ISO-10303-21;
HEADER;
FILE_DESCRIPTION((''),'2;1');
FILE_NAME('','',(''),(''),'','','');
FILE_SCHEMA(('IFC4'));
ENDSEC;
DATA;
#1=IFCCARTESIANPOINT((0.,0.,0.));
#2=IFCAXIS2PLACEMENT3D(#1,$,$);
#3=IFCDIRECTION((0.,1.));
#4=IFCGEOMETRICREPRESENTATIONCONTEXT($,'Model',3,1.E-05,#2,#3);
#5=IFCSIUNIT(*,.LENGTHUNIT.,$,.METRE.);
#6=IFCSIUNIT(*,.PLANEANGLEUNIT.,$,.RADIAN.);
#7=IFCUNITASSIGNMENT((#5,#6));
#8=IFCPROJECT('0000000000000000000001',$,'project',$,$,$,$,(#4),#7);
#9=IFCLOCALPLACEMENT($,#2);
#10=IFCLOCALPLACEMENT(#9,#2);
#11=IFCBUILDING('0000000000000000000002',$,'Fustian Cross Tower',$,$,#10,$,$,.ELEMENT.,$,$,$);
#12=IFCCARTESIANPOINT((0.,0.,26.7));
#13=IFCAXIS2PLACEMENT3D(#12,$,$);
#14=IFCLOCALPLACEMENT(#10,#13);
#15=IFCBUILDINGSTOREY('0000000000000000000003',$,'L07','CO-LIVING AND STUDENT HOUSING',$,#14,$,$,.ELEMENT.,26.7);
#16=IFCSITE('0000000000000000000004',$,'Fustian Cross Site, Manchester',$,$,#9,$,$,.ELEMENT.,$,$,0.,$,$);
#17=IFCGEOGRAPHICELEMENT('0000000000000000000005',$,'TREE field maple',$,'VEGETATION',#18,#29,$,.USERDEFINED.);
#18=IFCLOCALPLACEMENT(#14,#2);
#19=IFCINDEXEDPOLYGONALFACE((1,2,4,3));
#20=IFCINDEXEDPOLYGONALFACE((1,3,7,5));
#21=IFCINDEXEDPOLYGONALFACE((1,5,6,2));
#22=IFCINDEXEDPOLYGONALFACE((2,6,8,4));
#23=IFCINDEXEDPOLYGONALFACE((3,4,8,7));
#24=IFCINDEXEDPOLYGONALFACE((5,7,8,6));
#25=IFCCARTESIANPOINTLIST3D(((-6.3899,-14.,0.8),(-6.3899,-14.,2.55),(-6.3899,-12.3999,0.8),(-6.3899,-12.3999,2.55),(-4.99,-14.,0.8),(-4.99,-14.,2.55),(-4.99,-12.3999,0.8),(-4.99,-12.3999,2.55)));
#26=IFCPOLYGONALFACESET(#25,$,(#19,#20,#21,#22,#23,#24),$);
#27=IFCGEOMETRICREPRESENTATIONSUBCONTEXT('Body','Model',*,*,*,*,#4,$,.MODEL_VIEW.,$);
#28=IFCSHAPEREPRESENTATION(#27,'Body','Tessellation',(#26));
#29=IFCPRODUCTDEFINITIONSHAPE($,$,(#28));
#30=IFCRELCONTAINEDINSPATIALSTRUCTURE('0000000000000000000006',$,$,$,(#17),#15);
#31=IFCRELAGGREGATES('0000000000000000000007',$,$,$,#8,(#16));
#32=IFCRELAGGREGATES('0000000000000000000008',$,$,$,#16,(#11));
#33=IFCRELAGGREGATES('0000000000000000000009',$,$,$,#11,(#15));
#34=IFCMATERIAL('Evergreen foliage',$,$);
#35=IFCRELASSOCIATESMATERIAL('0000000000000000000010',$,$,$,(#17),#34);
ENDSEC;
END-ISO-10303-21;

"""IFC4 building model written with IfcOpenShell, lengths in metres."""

from ifc_helpers import new_model, si_unit, direction, frame, origin, origin_2d, place, context, subcontext, project, spatial, rectangle, extrude, material, element, save


model = new_model("IFC4")

# Units and contexts
model_context = context("Model", 3, precision=1e-05, world=origin(), true_north=direction((0.0, 1.0)))
body_context = subcontext(model_context, "Body", "Model", "MODEL_VIEW")
ifc_project = project(units=[si_unit("LENGTHUNIT", "METRE"), si_unit("PLANEANGLEUNIT", "RADIAN")], contexts=[model_context])

# Site, building, storey
site_placement = place(None, origin())
site = spatial("IfcSite", under=ifc_project, at=site_placement, Name="Fustian Cross Site, Manchester", CompositionType="ELEMENT", RefElevation=0.0)
building_placement = place(site_placement, origin())
building = spatial("IfcBuilding", under=site, at=building_placement, Name="Fustian Cross Tower", CompositionType="ELEMENT")
storey_placement = place(building_placement, frame((0.0, 0.0, 26.7)))
storey = spatial("IfcBuildingStorey", under=building, at=storey_placement, Name="L07", Description="CO-LIVING AND STUDENT HOUSING", CompositionType="ELEMENT", Elevation=26.7)

# Geographic element
ifc_material_1 = material(Name="Evergreen foliage")
geographic_element_placement = place(storey_placement, frame((-5.6899, -13.2, 0.8), z_axis=(0.0, 0.0, 1.0), x_axis=(1.0, 0.0, 0.0)))
element("IfcGeographicElement", 1, at=geographic_element_placement, inside=storey, material=ifc_material_1, Name="TREE field maple", ObjectType="VEGETATION", PredefinedType="USERDEFINED", context=body_context, shape_type="SweptSolid", body=[
    extrude(rectangle(XDim=1.3999, YDim=1.6001, at=origin_2d()), origin(), (0.0, 0.0, 1.0), 1.75),
])

save(model, "model.ifc")
